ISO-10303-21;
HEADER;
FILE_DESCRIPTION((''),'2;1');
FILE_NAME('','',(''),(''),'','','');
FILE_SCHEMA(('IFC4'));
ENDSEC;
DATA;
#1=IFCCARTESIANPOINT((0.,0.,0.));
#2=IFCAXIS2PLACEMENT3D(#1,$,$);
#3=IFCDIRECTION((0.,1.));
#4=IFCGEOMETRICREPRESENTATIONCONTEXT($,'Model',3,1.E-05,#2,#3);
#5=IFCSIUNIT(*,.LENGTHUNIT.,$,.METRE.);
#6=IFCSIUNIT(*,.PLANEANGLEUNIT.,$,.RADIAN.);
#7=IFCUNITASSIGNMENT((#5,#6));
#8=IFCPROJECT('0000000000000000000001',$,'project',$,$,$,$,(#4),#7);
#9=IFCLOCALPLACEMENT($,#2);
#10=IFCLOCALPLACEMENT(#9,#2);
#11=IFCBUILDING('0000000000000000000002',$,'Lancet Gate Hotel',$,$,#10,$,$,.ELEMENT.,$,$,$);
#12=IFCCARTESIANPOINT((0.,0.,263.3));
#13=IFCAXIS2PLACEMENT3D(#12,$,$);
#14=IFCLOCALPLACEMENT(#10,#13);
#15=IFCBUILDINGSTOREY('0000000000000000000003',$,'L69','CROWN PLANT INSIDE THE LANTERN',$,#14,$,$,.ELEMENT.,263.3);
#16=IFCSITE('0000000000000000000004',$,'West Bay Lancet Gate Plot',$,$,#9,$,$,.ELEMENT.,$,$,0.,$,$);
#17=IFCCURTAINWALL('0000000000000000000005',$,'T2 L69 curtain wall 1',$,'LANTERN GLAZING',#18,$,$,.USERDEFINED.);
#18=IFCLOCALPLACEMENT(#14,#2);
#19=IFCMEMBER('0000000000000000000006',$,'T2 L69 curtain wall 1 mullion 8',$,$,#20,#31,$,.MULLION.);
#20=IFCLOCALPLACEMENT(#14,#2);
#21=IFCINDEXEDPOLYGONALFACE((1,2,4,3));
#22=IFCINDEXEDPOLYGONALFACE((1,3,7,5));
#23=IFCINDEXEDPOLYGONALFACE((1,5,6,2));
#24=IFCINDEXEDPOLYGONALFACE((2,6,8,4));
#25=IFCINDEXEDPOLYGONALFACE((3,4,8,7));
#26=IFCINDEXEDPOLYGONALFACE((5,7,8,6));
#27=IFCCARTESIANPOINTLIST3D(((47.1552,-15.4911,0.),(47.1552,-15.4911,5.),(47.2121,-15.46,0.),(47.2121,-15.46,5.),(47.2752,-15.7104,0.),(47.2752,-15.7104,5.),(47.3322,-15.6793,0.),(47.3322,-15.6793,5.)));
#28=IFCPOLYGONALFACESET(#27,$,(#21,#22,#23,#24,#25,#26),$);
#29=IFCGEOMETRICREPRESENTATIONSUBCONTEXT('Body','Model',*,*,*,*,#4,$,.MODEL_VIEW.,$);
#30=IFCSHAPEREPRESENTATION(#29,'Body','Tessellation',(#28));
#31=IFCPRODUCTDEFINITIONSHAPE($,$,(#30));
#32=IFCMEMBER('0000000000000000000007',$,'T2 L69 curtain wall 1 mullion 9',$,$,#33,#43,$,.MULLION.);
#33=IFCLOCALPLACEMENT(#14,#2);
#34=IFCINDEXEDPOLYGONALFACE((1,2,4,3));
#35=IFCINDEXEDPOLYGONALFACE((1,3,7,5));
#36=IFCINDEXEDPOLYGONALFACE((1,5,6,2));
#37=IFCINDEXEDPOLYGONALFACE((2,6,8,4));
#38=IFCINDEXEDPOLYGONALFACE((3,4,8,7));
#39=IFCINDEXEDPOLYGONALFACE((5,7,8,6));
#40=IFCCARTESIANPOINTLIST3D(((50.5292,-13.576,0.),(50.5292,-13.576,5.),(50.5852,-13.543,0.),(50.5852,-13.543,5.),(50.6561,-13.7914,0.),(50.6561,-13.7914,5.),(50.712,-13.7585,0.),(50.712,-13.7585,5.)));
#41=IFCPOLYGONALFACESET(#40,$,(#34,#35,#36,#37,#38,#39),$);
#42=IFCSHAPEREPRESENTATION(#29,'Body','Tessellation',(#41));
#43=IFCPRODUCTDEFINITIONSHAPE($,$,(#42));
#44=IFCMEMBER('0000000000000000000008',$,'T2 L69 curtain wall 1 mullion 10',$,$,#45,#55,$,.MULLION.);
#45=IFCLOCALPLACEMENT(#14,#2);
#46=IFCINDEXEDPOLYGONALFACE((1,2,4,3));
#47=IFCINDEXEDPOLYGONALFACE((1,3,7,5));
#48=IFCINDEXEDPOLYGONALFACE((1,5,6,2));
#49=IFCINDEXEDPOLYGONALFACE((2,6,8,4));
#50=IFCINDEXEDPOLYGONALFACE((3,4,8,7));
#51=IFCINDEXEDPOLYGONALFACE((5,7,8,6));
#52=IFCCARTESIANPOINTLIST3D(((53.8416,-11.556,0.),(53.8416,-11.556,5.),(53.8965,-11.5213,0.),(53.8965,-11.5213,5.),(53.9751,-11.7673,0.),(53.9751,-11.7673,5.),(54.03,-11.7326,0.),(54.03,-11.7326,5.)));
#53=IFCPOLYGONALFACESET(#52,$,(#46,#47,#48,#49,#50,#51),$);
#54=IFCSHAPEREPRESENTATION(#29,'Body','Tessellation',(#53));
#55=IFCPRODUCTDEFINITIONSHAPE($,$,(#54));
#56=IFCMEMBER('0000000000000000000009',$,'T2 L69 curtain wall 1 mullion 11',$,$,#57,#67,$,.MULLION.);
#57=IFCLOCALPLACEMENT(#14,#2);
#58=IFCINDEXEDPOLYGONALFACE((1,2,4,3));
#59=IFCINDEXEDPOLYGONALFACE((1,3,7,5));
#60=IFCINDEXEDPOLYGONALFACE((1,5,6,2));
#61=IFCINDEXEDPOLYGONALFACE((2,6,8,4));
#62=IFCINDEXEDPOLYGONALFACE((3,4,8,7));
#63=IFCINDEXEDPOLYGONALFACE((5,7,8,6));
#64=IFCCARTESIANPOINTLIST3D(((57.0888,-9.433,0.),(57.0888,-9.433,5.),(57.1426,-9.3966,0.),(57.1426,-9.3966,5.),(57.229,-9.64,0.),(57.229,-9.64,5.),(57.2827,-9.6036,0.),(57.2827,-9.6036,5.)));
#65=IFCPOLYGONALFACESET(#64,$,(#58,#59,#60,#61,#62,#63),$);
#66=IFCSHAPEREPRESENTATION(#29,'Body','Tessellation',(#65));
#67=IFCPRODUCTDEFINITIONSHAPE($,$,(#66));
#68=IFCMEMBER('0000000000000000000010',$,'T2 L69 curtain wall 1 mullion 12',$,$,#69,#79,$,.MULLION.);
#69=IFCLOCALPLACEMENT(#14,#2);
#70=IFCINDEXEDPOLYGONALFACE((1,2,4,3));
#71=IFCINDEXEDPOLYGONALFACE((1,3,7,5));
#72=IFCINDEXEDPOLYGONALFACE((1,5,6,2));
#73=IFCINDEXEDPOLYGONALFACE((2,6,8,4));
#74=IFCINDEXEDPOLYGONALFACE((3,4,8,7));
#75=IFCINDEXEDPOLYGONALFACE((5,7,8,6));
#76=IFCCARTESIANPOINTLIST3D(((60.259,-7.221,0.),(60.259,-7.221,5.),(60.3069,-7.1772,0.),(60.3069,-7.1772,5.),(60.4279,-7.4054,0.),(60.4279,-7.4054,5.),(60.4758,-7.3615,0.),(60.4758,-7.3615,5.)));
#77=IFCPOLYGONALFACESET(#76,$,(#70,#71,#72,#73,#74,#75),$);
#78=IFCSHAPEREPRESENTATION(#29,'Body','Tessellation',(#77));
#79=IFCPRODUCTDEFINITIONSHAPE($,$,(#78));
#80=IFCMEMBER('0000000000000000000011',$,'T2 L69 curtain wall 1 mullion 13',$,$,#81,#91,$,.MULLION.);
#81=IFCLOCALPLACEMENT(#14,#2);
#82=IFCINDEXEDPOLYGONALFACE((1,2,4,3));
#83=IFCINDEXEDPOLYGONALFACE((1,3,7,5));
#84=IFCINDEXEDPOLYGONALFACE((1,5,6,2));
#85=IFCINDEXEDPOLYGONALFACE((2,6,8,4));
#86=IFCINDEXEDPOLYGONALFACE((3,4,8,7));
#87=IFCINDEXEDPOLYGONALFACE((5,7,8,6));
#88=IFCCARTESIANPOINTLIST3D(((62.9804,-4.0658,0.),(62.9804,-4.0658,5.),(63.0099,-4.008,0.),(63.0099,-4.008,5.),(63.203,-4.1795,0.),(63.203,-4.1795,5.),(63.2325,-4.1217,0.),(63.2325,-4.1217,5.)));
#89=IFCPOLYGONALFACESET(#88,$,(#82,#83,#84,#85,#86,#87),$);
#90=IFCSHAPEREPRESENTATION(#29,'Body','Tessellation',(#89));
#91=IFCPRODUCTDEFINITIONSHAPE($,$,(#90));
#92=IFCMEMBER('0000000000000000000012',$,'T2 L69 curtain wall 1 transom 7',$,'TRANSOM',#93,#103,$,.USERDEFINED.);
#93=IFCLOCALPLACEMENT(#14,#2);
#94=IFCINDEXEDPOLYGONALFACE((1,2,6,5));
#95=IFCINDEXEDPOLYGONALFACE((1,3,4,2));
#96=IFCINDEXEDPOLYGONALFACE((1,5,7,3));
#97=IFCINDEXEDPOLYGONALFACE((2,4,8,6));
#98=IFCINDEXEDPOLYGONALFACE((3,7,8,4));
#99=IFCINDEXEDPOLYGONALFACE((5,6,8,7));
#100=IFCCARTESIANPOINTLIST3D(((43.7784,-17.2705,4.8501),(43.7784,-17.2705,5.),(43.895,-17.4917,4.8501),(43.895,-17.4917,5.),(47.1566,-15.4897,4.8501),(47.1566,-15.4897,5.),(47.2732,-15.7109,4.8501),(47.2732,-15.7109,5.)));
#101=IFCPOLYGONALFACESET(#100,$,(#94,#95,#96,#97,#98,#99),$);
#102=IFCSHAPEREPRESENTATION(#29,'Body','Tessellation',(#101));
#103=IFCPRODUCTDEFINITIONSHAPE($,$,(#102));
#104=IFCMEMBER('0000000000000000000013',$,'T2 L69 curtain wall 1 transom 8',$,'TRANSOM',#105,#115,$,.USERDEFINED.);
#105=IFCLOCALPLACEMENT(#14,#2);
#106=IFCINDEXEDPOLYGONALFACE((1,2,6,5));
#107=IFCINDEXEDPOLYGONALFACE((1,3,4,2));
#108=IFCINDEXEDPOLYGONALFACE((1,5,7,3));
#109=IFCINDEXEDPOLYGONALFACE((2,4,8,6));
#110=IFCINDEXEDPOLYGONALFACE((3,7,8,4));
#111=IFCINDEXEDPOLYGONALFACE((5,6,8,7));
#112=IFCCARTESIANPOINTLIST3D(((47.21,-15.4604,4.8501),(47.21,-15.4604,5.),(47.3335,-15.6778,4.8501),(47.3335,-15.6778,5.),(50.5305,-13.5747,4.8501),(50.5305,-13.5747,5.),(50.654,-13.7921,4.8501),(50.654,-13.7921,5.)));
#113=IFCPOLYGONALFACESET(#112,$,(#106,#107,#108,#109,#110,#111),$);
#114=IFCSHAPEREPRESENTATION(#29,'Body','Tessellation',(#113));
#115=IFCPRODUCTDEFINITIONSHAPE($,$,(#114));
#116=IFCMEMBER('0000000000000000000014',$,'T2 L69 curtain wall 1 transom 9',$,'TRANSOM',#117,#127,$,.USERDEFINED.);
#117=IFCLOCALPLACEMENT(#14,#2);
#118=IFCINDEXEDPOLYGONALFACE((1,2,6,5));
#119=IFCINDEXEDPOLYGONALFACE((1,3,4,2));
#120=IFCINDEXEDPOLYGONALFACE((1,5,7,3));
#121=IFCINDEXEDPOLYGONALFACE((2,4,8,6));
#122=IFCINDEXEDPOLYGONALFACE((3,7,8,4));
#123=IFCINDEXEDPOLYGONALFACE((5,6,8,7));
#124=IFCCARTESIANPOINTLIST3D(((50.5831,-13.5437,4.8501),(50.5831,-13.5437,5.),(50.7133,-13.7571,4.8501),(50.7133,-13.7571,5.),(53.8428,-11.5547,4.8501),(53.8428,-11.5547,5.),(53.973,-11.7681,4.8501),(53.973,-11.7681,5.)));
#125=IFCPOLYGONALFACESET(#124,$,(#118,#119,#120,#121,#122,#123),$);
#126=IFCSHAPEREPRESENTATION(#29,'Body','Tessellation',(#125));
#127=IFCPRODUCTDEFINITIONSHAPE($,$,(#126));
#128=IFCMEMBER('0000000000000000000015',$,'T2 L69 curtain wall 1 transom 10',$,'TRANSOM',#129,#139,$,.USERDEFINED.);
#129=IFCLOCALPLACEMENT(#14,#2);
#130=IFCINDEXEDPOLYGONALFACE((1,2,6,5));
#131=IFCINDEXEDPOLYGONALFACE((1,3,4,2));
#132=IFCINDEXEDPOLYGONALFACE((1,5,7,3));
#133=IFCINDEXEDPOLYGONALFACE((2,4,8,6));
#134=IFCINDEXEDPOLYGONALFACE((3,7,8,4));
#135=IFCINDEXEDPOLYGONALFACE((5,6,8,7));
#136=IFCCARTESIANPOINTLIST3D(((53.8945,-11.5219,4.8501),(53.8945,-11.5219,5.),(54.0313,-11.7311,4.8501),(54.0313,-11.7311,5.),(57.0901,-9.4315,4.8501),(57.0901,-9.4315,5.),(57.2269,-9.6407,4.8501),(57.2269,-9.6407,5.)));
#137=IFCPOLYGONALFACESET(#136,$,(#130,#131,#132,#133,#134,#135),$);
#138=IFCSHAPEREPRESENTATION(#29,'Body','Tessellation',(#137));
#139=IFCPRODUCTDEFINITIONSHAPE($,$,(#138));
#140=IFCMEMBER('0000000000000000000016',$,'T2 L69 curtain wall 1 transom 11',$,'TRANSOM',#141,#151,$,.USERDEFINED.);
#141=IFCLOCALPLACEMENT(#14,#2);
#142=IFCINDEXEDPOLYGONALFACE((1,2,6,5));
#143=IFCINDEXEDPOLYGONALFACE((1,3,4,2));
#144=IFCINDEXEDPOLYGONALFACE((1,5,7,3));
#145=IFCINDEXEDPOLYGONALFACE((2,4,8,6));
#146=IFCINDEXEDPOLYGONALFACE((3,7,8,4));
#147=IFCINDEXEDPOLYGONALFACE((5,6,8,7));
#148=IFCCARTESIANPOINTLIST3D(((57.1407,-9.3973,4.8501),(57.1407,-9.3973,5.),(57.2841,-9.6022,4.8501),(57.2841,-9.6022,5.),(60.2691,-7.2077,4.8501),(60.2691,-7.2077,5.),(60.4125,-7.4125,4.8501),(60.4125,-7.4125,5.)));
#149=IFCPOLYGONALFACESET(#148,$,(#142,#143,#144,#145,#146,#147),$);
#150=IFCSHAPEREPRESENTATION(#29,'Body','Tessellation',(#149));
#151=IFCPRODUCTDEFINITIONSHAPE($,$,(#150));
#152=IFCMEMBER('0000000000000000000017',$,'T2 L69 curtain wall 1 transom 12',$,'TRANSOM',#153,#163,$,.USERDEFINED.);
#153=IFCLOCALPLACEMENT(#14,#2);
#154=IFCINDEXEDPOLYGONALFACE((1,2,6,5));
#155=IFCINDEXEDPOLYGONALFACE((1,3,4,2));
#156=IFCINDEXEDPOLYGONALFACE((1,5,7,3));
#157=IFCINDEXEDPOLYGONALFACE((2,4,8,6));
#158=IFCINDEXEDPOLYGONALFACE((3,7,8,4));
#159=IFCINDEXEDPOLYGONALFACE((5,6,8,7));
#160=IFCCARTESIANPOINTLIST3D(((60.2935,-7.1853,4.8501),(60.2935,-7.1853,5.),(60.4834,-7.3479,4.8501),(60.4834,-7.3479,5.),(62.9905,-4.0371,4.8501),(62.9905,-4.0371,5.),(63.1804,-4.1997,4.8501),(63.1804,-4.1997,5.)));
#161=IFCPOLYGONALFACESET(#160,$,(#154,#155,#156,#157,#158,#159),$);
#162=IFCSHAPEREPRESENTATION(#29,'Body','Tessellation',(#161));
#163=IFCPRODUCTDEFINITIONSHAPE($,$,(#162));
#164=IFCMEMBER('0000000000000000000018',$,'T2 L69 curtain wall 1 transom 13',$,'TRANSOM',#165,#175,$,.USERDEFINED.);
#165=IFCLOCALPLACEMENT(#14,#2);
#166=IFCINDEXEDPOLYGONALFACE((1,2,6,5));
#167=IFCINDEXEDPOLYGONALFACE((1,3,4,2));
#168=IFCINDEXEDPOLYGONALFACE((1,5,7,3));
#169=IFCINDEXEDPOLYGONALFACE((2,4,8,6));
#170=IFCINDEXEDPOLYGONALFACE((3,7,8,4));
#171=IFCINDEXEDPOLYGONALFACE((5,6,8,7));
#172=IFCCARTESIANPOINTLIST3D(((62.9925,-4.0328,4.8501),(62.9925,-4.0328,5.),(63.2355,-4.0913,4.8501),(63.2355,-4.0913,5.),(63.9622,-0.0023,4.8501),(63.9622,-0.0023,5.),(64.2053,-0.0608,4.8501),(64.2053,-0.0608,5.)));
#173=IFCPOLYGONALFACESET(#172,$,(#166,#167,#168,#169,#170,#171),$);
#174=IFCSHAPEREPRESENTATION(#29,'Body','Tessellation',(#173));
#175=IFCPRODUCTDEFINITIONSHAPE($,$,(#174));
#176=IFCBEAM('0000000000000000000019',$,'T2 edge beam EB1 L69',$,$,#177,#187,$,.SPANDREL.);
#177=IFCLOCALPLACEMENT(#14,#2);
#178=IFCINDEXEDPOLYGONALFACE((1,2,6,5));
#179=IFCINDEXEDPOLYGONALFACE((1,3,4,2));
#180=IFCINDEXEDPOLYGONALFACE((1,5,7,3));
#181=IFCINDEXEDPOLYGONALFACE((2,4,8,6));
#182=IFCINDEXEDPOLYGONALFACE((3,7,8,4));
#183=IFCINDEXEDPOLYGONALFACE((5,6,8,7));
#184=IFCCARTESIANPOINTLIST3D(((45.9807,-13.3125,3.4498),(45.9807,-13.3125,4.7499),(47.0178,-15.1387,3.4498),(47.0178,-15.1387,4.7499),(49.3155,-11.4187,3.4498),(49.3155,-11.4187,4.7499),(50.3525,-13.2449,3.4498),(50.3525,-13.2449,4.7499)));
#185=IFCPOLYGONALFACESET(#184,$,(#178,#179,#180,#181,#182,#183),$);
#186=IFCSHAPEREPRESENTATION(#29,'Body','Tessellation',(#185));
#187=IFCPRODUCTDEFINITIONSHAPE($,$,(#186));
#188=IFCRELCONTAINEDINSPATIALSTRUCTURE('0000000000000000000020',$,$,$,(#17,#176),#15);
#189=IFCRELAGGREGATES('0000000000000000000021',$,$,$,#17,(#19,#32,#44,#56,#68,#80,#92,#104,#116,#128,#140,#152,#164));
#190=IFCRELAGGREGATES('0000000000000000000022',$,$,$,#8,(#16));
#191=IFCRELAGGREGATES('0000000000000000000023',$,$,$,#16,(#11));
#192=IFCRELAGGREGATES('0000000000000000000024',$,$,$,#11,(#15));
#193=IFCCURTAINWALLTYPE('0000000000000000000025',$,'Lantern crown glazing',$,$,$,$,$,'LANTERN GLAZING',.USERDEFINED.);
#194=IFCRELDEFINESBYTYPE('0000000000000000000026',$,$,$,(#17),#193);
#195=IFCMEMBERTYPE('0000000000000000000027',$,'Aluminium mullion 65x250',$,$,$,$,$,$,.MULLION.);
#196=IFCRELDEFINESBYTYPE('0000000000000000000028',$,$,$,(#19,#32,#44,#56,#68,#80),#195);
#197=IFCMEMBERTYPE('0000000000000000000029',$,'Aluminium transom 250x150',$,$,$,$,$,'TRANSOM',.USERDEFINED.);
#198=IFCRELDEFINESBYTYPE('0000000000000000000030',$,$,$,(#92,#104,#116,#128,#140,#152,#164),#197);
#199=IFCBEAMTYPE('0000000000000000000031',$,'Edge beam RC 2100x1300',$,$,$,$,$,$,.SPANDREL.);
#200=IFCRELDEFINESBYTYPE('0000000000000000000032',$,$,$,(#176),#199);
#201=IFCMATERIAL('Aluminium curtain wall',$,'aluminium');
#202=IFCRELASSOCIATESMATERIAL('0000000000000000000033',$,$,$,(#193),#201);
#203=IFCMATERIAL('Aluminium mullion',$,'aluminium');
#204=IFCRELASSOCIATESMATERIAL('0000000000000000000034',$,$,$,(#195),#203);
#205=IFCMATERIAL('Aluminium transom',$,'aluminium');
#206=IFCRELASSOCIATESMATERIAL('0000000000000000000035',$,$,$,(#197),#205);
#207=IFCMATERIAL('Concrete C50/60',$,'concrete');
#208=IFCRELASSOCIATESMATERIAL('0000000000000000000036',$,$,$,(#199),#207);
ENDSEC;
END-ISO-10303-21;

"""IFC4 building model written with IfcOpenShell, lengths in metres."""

from ifc_helpers import new_model, si_unit, direction, frame, origin, origin_2d, place, context, subcontext, project, spatial, rectangle, extrude, material, material_profile, profile_set, type_object, element, aggregate, save


model = new_model("IFC4")

# Units and contexts
model_context = context("Model", 3, precision=1e-05, world=origin(), true_north=direction((0.0, 1.0)))
body_context = subcontext(model_context, "Body", "Model", "MODEL_VIEW")
ifc_project = project(units=[si_unit("LENGTHUNIT", "METRE"), si_unit("PLANEANGLEUNIT", "RADIAN")], contexts=[model_context])

# Site, building, storey
site_placement = place(None, origin())
site = spatial("IfcSite", under=ifc_project, at=site_placement, Name="West Bay Lancet Gate Plot", CompositionType="ELEMENT", RefElevation=0.0)
building_placement = place(site_placement, origin())
building = spatial("IfcBuilding", under=site, at=building_placement, Name="Lancet Gate Hotel", CompositionType="ELEMENT")
storey_placement = place(building_placement, frame((0.0, 0.0, 263.3)))
storey = spatial("IfcBuildingStorey", under=building, at=storey_placement, Name="L69", Description="CROWN PLANT INSIDE THE LANTERN", CompositionType="ELEMENT", Elevation=263.3)

# Curtain wall, members
ifc_material_1 = material(Name="Aluminium curtain wall", Category="aluminium")
curtain_wall_type = type_object("IfcCurtainWallType", Name="Lantern crown glazing", ElementType="LANTERN GLAZING", PredefinedType="USERDEFINED", material=ifc_material_1)
curtain_wall_placement = place(storey_placement, origin())
curtain_wall = element("IfcCurtainWall", 1, at=curtain_wall_placement, inside=storey, type_object=curtain_wall_type, Name="T2 L69 curtain wall 1", ObjectType="LANTERN GLAZING", PredefinedType="USERDEFINED")
ifc_material_2 = material(Name="Aluminium mullion", Category="aluminium")
ifc_material_profile_1 = material_profile(ifc_material_2, rectangle(XDim=0.0649, YDim=0.25, at=origin_2d()), Name="MULLION 65x250")
ifc_profile_set_1 = profile_set([ifc_material_profile_1], Name="Aluminium mullion")
member_type_1 = type_object("IfcMemberType", Name="Aluminium mullion 65x250", PredefinedType="MULLION", material=ifc_profile_set_1)
member_1_placement = place(storey_placement, frame((47.2437, -15.5852, 0.0), z_axis=(0.0, 0.0, 1.0), x_axis=(0.877195, 0.480135, 0.0)))
member_1 = element("IfcMember", 2, at=member_1_placement, type_object=member_type_1, Name="T2 L69 curtain wall 1 mullion 8", PredefinedType="MULLION", context=body_context, shape_type="SweptSolid", body=[
    extrude(rectangle(XDim=0.0649, YDim=0.25, at=origin_2d()), origin(), (0.0, 0.0, 1.0), 5.0),
])
member_2_placement = place(storey_placement, frame((50.6206, -13.6672, 0.0), z_axis=(0.0, 0.0, 1.0), x_axis=(0.861692, 0.507432, 0.0)))
member_2 = element("IfcMember", 3, at=member_2_placement, type_object=member_type_1, Name="T2 L69 curtain wall 1 mullion 9", PredefinedType="MULLION", context=body_context, shape_type="SweptSolid", body=[
    extrude(rectangle(XDim=0.0649, YDim=0.25, at=origin_2d()), origin(), (0.0, 0.0, 1.0), 5.0),
])
member_3_placement = place(storey_placement, frame((53.9358, -11.6443, 0.0), z_axis=(0.0, 0.0, 1.0), x_axis=(0.84534, 0.534229, 0.0)))
member_3 = element("IfcMember", 4, at=member_3_placement, type_object=member_type_1, Name="T2 L69 curtain wall 1 mullion 10", PredefinedType="MULLION", context=body_context, shape_type="SweptSolid", body=[
    extrude(rectangle(XDim=0.0649, YDim=0.25, at=origin_2d()), origin(), (0.0, 0.0, 1.0), 5.0),
])
member_4_placement = place(storey_placement, frame((57.1858, -9.5183, 0.0), z_axis=(0.0, 0.0, 1.0), x_axis=(0.828155, 0.5605, 0.0)))
member_4 = element("IfcMember", 5, at=member_4_placement, type_object=member_type_1, Name="T2 L69 curtain wall 1 mullion 11", PredefinedType="MULLION", context=body_context, shape_type="SweptSolid", body=[
    extrude(rectangle(XDim=0.0649, YDim=0.25, at=origin_2d()), origin(), (0.0, 0.0, 1.0), 5.0),
])
member_5_placement = place(storey_placement, frame((60.3674, -7.2913, 0.0), z_axis=(0.0, 0.0, 1.0), x_axis=(0.737323, 0.67554, 0.0)))
member_5 = element("IfcMember", 6, at=member_5_placement, type_object=member_type_1, Name="T2 L69 curtain wall 1 mullion 12", PredefinedType="MULLION", context=body_context, shape_type="SweptSolid", body=[
    extrude(rectangle(XDim=0.0649, YDim=0.25, at=origin_2d()), origin(), (0.0, 0.0, 1.0), 5.0),
])
member_6_placement = place(storey_placement, frame((63.1064, -4.0938, 0.0), z_axis=(0.0, 0.0, 1.0), x_axis=(0.454853, 0.890567, 0.0)))
member_6 = element("IfcMember", 7, at=member_6_placement, type_object=member_type_1, Name="T2 L69 curtain wall 1 mullion 13", PredefinedType="MULLION", context=body_context, shape_type="SweptSolid", body=[
    extrude(rectangle(XDim=0.0649, YDim=0.25, at=origin_2d()), origin(), (0.0, 0.0, 1.0), 5.0),
])
ifc_material_3 = material(Name="Aluminium transom", Category="aluminium")
ifc_material_profile_2 = material_profile(ifc_material_3, rectangle(XDim=0.25, YDim=0.1499, at=origin_2d()), Name="TRANSOM 250x150")
ifc_profile_set_2 = profile_set([ifc_material_profile_2], Name="Aluminium transom")
member_type_2 = type_object("IfcMemberType", Name="Aluminium transom 250x150", ElementType="TRANSOM", PredefinedType="USERDEFINED", material=ifc_profile_set_2)
member_7_placement = place(storey_placement, frame((43.8367, -17.3811, 4.925), z_axis=(0.884618, 0.466315, 0.0), x_axis=(-0.466315, 0.884618, 0.0)))
member_7 = element("IfcMember", 8, at=member_7_placement, type_object=member_type_2, Name="T2 L69 curtain wall 1 transom 7", ObjectType="TRANSOM", PredefinedType="USERDEFINED", context=body_context, shape_type="SweptSolid", body=[
    extrude(rectangle(XDim=0.25, YDim=0.1499, at=origin_2d()), origin(), (0.0, 0.0, 1.0), 3.8188),
])
member_8_placement = place(storey_placement, frame((47.2717, -15.5691, 4.925), z_axis=(0.869562, 0.493824, 0.0), x_axis=(-0.493824, 0.869562, 0.0)))
member_8 = element("IfcMember", 9, at=member_8_placement, type_object=member_type_2, Name="T2 L69 curtain wall 1 transom 8", ObjectType="TRANSOM", PredefinedType="USERDEFINED", context=body_context, shape_type="SweptSolid", body=[
    extrude(rectangle(XDim=0.25, YDim=0.1499, at=origin_2d()), origin(), (0.0, 0.0, 1.0), 3.8186),
])
member_9_placement = place(storey_placement, frame((50.6482, -13.6504, 4.925), z_axis=(0.853639, 0.520865, 0.0), x_axis=(-0.520865, 0.853639, 0.0)))
member_9 = element("IfcMember", 10, at=member_9_placement, type_object=member_type_2, Name="T2 L69 curtain wall 1 transom 9", ObjectType="TRANSOM", PredefinedType="USERDEFINED", context=body_context, shape_type="SweptSolid", body=[
    extrude(rectangle(XDim=0.25, YDim=0.1499, at=origin_2d()), origin(), (0.0, 0.0, 1.0), 3.8186),
])
member_10_placement = place(storey_placement, frame((53.9629, -11.6265, 4.925), z_axis=(0.836858, 0.54742, 0.0), x_axis=(-0.54742, 0.836858, 0.0)))
member_10 = element("IfcMember", 11, at=member_10_placement, type_object=member_type_2, Name="T2 L69 curtain wall 1 transom 10", ObjectType="TRANSOM", PredefinedType="USERDEFINED", context=body_context, shape_type="SweptSolid", body=[
    extrude(rectangle(XDim=0.25, YDim=0.1499, at=origin_2d()), origin(), (0.0, 0.0, 1.0), 3.8186),
])
member_11_placement = place(storey_placement, frame((57.2124, -9.4998, 4.925), z_axis=(0.819256, 0.573428, 0.0), x_axis=(-0.573428, 0.819256, 0.0)))
member_11 = element("IfcMember", 12, at=member_11_placement, type_object=member_type_2, Name="T2 L69 curtain wall 1 transom 11", ObjectType="TRANSOM", PredefinedType="USERDEFINED", context=body_context, shape_type="SweptSolid", body=[
    extrude(rectangle(XDim=0.25, YDim=0.1499, at=origin_2d()), origin(), (0.0, 0.0, 1.0), 3.8186),
])
member_12_placement = place(storey_placement, frame((60.3884, -7.2666, 4.925), z_axis=(0.650593, 0.759427, 0.0), x_axis=(-0.759427, 0.650593, 0.0)))
member_12 = element("IfcMember", 13, at=member_12_placement, type_object=member_type_2, Name="T2 L69 curtain wall 1 transom 12", ObjectType="TRANSOM", PredefinedType="USERDEFINED", context=body_context, shape_type="SweptSolid", body=[
    extrude(rectangle(XDim=0.25, YDim=0.1499, at=origin_2d()), origin(), (0.0, 0.0, 1.0), 4.1455),
])
member_13_placement = place(storey_placement, frame((63.114, -4.062, 4.925), z_axis=(0.233921, 0.972256, 0.0), x_axis=(-0.972256, 0.233921, 0.0)))
member_13 = element("IfcMember", 14, at=member_13_placement, type_object=member_type_2, Name="T2 L69 curtain wall 1 transom 13", ObjectType="TRANSOM", PredefinedType="USERDEFINED", context=body_context, shape_type="SweptSolid", body=[
    extrude(rectangle(XDim=0.25, YDim=0.1499, at=origin_2d()), origin(), (0.0, 0.0, 1.0), 4.1455),
])

# Beam
ifc_material_4 = material(Name="Concrete C50/60", Category="concrete")
ifc_material_profile_3 = material_profile(ifc_material_4, rectangle(XDim=2.1001, YDim=1.3, at=origin_2d()), Name="RC 2100x1300")
ifc_profile_set_3 = profile_set([ifc_material_profile_3], Name="Concrete C50/60")
beam_type_1 = type_object("IfcBeamType", Name="Edge beam RC 2100x1300", PredefinedType="SPANDREL", material=ifc_profile_set_3)
beam_1_placement = place(storey_placement, frame((46.4993, -14.2256, 4.0999), z_axis=(0.86956, 0.493827, 0.0), x_axis=(-0.493827, 0.86956, 0.0)))
element("IfcBeam", 15, at=beam_1_placement, inside=storey, type_object=beam_type_1, Name="T2 edge beam EB1 L69", PredefinedType="SPANDREL", context=body_context, shape_type="SweptSolid", body=[
    extrude(rectangle(XDim=2.1001, YDim=1.3, at=origin_2d()), origin(), (0.0, 0.0, 1.0), 3.835),
])

aggregate(curtain_wall, [member_1, member_2, member_3, member_4, member_5, member_6, member_7, member_8, member_9, member_10, member_11, member_12, member_13])

save(model, "model.ifc")
